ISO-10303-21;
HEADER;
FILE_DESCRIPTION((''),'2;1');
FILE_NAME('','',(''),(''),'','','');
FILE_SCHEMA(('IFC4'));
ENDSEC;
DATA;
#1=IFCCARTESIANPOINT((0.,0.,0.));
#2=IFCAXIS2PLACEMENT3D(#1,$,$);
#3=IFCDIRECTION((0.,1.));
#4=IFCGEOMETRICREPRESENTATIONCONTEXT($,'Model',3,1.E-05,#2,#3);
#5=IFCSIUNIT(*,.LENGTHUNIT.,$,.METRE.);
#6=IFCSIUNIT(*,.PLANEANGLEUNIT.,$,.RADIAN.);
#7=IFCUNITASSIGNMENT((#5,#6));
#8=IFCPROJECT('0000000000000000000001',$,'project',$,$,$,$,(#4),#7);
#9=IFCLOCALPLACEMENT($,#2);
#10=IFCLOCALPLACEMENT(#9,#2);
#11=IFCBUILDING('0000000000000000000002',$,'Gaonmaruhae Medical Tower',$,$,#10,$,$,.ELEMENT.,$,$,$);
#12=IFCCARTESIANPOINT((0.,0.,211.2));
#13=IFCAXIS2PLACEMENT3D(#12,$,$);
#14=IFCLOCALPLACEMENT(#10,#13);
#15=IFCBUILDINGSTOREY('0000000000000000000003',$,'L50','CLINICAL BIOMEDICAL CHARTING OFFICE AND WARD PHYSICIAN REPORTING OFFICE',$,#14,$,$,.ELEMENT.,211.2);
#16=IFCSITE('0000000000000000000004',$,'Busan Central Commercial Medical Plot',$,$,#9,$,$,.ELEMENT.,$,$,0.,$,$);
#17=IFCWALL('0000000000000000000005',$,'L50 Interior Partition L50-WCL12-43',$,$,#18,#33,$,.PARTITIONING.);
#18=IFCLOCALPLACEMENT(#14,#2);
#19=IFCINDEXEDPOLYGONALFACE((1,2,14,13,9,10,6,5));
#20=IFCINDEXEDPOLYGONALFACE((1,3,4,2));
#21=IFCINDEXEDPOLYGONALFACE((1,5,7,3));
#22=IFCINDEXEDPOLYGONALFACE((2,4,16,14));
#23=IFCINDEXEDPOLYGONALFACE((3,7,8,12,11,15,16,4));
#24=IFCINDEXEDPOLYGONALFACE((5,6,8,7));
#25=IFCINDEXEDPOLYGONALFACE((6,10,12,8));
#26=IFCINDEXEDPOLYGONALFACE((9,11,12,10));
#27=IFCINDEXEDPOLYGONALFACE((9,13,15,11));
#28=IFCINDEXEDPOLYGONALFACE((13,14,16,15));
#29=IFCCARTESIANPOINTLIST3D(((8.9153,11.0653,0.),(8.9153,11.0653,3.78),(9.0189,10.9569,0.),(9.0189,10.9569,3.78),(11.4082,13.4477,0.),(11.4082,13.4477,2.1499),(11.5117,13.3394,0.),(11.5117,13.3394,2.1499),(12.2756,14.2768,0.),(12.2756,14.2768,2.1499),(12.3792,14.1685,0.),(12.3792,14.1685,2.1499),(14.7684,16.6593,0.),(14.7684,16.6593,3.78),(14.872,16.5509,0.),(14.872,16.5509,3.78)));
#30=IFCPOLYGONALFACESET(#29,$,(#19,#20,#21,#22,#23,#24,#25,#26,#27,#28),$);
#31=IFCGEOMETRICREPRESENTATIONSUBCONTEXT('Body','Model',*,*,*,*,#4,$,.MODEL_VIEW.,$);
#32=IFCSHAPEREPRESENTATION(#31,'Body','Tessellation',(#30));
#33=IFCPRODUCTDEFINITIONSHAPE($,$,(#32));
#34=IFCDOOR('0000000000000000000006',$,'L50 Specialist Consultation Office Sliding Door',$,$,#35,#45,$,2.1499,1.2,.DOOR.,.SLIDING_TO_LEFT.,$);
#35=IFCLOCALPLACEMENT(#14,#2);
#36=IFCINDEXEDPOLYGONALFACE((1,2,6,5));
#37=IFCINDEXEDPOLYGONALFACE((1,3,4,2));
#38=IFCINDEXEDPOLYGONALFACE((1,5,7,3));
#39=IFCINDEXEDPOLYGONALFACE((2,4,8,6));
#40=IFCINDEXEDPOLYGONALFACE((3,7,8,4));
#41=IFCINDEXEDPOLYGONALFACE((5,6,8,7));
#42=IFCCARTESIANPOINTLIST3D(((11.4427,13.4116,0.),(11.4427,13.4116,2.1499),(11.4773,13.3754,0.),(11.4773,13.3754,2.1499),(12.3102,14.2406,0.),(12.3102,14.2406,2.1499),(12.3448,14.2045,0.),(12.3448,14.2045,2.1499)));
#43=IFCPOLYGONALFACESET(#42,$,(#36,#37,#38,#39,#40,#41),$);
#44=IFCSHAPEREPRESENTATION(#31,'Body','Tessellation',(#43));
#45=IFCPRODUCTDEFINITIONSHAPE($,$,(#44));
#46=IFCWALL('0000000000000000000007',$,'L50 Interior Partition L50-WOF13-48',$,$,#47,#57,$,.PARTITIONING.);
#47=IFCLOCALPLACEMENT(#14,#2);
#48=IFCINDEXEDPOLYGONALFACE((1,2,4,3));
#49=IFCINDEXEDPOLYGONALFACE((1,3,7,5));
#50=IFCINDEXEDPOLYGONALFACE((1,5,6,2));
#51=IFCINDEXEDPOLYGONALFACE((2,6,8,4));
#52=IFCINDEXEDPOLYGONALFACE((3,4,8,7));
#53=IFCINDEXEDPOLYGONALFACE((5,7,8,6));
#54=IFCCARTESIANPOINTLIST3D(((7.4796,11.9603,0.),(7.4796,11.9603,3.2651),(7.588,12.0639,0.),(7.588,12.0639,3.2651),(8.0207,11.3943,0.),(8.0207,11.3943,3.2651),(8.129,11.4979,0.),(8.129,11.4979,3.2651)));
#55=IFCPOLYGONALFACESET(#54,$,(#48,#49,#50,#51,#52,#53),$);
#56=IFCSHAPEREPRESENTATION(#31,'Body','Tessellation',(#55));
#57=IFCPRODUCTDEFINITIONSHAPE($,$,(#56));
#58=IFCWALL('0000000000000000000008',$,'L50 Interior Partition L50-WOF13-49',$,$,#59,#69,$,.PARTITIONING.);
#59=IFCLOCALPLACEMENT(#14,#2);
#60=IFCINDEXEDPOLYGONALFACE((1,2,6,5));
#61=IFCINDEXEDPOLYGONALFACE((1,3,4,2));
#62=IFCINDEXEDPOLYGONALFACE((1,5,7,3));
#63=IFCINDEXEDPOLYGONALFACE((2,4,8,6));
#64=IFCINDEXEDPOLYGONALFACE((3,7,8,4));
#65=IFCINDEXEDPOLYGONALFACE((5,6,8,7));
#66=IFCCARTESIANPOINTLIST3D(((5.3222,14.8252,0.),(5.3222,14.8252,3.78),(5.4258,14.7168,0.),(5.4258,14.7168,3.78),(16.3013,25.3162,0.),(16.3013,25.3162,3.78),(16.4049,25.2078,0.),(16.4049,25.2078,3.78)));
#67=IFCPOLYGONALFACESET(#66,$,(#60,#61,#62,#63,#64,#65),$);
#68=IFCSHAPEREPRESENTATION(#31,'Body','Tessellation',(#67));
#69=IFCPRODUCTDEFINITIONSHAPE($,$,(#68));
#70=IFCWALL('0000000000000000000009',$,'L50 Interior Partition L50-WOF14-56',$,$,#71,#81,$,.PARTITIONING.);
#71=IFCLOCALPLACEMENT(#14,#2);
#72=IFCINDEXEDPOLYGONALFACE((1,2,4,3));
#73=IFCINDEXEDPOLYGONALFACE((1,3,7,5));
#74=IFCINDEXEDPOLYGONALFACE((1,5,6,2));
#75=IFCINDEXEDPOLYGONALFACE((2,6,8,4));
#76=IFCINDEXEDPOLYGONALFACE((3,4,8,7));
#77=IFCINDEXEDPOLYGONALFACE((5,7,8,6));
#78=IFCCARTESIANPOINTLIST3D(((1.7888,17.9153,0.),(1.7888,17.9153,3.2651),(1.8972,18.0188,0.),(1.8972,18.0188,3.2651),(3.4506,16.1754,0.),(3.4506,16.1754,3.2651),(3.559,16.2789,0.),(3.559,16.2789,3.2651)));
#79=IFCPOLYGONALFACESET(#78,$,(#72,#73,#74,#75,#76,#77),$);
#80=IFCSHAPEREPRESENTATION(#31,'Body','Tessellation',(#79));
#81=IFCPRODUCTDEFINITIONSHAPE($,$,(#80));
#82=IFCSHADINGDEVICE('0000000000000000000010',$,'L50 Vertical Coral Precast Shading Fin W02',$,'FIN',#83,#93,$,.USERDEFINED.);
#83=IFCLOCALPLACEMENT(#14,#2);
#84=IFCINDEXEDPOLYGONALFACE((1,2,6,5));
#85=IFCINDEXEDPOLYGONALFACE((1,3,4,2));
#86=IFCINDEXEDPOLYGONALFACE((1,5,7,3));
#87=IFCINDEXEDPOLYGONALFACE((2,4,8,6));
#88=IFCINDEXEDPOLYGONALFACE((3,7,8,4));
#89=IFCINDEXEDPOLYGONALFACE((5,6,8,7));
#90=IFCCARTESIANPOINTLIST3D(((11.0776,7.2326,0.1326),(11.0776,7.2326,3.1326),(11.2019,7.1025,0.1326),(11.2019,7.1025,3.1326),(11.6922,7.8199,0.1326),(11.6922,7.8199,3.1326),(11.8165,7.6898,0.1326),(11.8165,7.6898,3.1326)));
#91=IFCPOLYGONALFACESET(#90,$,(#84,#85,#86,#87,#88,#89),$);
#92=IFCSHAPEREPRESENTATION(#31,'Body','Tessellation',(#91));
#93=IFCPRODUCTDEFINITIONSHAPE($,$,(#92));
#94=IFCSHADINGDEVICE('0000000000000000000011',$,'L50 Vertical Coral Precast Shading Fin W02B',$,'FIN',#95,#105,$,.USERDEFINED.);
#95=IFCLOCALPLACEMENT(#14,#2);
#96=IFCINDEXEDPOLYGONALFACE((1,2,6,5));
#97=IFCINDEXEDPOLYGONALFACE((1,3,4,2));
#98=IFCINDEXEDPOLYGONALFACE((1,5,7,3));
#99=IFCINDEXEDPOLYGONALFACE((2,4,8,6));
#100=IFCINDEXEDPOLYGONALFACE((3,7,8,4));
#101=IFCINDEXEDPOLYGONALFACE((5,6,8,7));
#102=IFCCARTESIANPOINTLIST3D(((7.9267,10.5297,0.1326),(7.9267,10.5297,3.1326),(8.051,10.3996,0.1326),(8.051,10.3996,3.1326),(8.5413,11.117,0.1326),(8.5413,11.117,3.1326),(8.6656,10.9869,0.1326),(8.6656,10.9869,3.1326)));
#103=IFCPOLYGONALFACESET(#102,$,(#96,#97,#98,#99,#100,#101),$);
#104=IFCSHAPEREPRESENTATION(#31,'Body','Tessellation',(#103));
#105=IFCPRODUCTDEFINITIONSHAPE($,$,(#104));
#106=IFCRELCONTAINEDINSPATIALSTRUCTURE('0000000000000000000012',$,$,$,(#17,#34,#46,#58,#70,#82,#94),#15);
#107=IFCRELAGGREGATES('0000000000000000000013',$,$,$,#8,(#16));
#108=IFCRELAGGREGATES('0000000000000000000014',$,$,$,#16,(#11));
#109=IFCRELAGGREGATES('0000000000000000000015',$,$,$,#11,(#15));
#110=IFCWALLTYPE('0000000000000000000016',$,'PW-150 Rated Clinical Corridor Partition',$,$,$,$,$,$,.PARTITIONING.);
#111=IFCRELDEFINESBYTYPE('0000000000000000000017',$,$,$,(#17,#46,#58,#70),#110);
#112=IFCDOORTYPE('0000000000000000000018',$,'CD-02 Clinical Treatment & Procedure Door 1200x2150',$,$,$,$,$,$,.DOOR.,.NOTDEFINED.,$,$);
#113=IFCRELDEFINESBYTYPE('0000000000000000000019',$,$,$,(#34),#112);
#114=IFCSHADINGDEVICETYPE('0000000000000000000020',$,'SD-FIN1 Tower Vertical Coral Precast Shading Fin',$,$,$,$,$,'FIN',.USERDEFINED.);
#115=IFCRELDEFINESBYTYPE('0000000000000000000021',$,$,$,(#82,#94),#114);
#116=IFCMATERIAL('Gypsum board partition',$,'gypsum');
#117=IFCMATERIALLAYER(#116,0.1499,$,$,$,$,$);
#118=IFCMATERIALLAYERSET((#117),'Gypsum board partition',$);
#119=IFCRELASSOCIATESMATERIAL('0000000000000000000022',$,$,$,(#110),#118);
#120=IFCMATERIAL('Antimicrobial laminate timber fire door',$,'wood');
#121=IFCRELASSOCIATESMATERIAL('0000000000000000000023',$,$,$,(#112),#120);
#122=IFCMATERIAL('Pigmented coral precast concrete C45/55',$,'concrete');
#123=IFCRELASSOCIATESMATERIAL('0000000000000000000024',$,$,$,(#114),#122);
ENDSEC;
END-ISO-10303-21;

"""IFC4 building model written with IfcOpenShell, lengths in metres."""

from ifc_helpers import new_model, si_unit, direction, frame, frame_2d, origin, origin_2d, place, context, subcontext, project, spatial, rectangle, extrude, material, layer, layer_set, type_object, element, fill, save


model = new_model("IFC4")

# Units and contexts
model_context = context("Model", 3, precision=1e-05, world=origin(), true_north=direction((0.0, 1.0)))
body_context = subcontext(model_context, "Body", "Model", "MODEL_VIEW")
ifc_project = project(units=[si_unit("LENGTHUNIT", "METRE"), si_unit("PLANEANGLEUNIT", "RADIAN")], contexts=[model_context])

# Site, building, storey
site_placement = place(None, origin())
site = spatial("IfcSite", under=ifc_project, at=site_placement, Name="Busan Central Commercial Medical Plot", CompositionType="ELEMENT", RefElevation=0.0)
building_placement = place(site_placement, origin())
building = spatial("IfcBuilding", under=site, at=building_placement, Name="Gaonmaruhae Medical Tower", CompositionType="ELEMENT")
storey_placement = place(building_placement, frame((0.0, 0.0, 211.2)))
storey = spatial("IfcBuildingStorey", under=building, at=storey_placement, Name="L50", Description="CLINICAL BIOMEDICAL CHARTING OFFICE AND WARD PHYSICIAN REPORTING OFFICE", CompositionType="ELEMENT", Elevation=211.2)

# Shared definitions
ifc_material_1 = material(Name="Gypsum board partition", Category="gypsum")
ifc_layer_1 = layer(ifc_material_1, 0.1499)
ifc_layer_set_1 = layer_set([ifc_layer_1], Name="Gypsum board partition")
wall_type_1 = type_object("IfcWallType", Name="PW-150 Rated Clinical Corridor Partition", PredefinedType="PARTITIONING", material=ifc_layer_set_1)

# Wall, opening, door
wall_1_placement = place(storey_placement, frame((8.967, 11.011, 0.0), z_axis=(0.0, 0.0, 1.0), x_axis=(0.722923, 0.690929, 0.0)))
wall_1 = element("IfcWall", 1, at=wall_1_placement, inside=storey, type_object=wall_type_1, Name="L50 Interior Partition L50-WCL12-43", PredefinedType="PARTITIONING", context=body_context, shape_type="SweptSolid", body=[
    extrude(rectangle(XDim=8.0964, YDim=0.1499, at=frame_2d((4.0483, 0.0))), origin(), (0.0, 0.0, 1.0), 3.78),
])
opening_1_placement = place(wall_1_placement, frame((3.4482, 0.0, 0.0)))
opening_1 = element("IfcOpeningElement", 2, at=opening_1_placement, cuts=wall_1, PredefinedType="OPENING", context=body_context, shape_type="SweptSolid", body=[
    extrude(rectangle(XDim=1.2, YDim=2.1499, at=frame_2d((0.6001, 1.075))), frame((0.0, 0.085, 0.0), z_axis=(0.0, -1.0, 0.0), x_axis=(1.0, 0.0, 0.0)), (0.0, 0.0, 1.0), 0.1699),
])
ifc_material_2 = material(Name="Antimicrobial laminate timber fire door", Category="wood")
door_type_1 = type_object("IfcDoorType", Name="CD-02 Clinical Treatment & Procedure Door 1200x2150", OperationType="NOTDEFINED", PredefinedType="DOOR", material=ifc_material_2)
door_1_placement = place(opening_1_placement, origin())
door_1 = element("IfcDoor", 3, at=door_1_placement, inside=storey, type_object=door_type_1, Name="L50 Specialist Consultation Office Sliding Door", OperationType="SLIDING_TO_LEFT", OverallHeight=2.1499, OverallWidth=1.2, PredefinedType="DOOR", context=body_context, shape_type="SweptSolid", body=[
    extrude(rectangle(XDim=1.2, YDim=2.1499, at=frame_2d((0.6001, 1.075))), frame((0.0, 0.0249, 0.0), z_axis=(0.0, -1.0, 0.0), x_axis=(1.0, 0.0, 0.0)), (0.0, 0.0, 1.0), 0.05),
])
fill(opening_1, door_1)

# Walls
wall_2_placement = place(storey_placement, frame((8.075, 11.446, 0.0), z_axis=(0.0, 0.0, 1.0), x_axis=(-0.691024, 0.722831, 0.0)))
element("IfcWall", 4, at=wall_2_placement, inside=storey, type_object=wall_type_1, Name="L50 Interior Partition L50-WOF13-48", PredefinedType="PARTITIONING", context=body_context, shape_type="SweptSolid", body=[
    extrude(rectangle(XDim=0.783, YDim=0.1499, at=frame_2d((0.3916, 0.0))), origin(), (0.0, 0.0, 1.0), 3.2651),
])
wall_3_placement = place(storey_placement, frame((5.374, 14.771, 0.0), z_axis=(0.0, 0.0, 1.0), x_axis=(0.722993, 0.690855, 0.0)))
element("IfcWall", 5, at=wall_3_placement, inside=storey, type_object=wall_type_1, Name="L50 Interior Partition L50-WOF13-49", PredefinedType="PARTITIONING", context=body_context, shape_type="SweptSolid", body=[
    extrude(rectangle(XDim=15.1855, YDim=0.1499, at=frame_2d((7.5928, 0.0))), origin(), (0.0, 0.0, 1.0), 3.78),
])
wall_4_placement = place(storey_placement, frame((3.5049, 16.2271, 0.0), z_axis=(0.0, 0.0, 1.0), x_axis=(-0.690686, 0.723155, 0.0)))
element("IfcWall", 6, at=wall_4_placement, inside=storey, type_object=wall_type_1, Name="L50 Interior Partition L50-WOF14-56", PredefinedType="PARTITIONING", context=body_context, shape_type="SweptSolid", body=[
    extrude(rectangle(XDim=2.406, YDim=0.1499, at=frame_2d((1.2031, 0.0))), origin(), (0.0, 0.0, 1.0), 3.2651),
])

# Shading devices
ifc_material_3 = material(Name="Pigmented coral precast concrete C45/55", Category="concrete")
shading_device_type = type_object("IfcShadingDeviceType", Name="SD-FIN1 Tower Vertical Coral Precast Shading Fin", ElementType="FIN", PredefinedType="USERDEFINED", material=ifc_material_3)
for number, where, z_axis, x_axis, name in (
    (7, (11.447, 7.4612, 0.1326), (0.0, 0.0, 1.0), (-0.690895, 0.722955, 0.0), "L50 Vertical Coral Precast Shading Fin W02"),
    (8, (8.2961, 10.7583, 0.1326), (0.0, 0.0, 1.0), (-0.690895, 0.722955, 0.0), "L50 Vertical Coral Precast Shading Fin W02B"),
):
    element("IfcShadingDevice", number, at=place(storey_placement, frame(where, z_axis=z_axis, x_axis=x_axis)), inside=storey, type_object=shading_device_type, Name=name, ObjectType="FIN", PredefinedType="USERDEFINED", context=body_context, shape_type="SweptSolid", body=[
        extrude(rectangle(XDim=0.1799, YDim=0.8501, at=origin_2d()), origin(), (0.0, 0.0, 1.0), 3.0),
    ])

save(model, "model.ifc")
